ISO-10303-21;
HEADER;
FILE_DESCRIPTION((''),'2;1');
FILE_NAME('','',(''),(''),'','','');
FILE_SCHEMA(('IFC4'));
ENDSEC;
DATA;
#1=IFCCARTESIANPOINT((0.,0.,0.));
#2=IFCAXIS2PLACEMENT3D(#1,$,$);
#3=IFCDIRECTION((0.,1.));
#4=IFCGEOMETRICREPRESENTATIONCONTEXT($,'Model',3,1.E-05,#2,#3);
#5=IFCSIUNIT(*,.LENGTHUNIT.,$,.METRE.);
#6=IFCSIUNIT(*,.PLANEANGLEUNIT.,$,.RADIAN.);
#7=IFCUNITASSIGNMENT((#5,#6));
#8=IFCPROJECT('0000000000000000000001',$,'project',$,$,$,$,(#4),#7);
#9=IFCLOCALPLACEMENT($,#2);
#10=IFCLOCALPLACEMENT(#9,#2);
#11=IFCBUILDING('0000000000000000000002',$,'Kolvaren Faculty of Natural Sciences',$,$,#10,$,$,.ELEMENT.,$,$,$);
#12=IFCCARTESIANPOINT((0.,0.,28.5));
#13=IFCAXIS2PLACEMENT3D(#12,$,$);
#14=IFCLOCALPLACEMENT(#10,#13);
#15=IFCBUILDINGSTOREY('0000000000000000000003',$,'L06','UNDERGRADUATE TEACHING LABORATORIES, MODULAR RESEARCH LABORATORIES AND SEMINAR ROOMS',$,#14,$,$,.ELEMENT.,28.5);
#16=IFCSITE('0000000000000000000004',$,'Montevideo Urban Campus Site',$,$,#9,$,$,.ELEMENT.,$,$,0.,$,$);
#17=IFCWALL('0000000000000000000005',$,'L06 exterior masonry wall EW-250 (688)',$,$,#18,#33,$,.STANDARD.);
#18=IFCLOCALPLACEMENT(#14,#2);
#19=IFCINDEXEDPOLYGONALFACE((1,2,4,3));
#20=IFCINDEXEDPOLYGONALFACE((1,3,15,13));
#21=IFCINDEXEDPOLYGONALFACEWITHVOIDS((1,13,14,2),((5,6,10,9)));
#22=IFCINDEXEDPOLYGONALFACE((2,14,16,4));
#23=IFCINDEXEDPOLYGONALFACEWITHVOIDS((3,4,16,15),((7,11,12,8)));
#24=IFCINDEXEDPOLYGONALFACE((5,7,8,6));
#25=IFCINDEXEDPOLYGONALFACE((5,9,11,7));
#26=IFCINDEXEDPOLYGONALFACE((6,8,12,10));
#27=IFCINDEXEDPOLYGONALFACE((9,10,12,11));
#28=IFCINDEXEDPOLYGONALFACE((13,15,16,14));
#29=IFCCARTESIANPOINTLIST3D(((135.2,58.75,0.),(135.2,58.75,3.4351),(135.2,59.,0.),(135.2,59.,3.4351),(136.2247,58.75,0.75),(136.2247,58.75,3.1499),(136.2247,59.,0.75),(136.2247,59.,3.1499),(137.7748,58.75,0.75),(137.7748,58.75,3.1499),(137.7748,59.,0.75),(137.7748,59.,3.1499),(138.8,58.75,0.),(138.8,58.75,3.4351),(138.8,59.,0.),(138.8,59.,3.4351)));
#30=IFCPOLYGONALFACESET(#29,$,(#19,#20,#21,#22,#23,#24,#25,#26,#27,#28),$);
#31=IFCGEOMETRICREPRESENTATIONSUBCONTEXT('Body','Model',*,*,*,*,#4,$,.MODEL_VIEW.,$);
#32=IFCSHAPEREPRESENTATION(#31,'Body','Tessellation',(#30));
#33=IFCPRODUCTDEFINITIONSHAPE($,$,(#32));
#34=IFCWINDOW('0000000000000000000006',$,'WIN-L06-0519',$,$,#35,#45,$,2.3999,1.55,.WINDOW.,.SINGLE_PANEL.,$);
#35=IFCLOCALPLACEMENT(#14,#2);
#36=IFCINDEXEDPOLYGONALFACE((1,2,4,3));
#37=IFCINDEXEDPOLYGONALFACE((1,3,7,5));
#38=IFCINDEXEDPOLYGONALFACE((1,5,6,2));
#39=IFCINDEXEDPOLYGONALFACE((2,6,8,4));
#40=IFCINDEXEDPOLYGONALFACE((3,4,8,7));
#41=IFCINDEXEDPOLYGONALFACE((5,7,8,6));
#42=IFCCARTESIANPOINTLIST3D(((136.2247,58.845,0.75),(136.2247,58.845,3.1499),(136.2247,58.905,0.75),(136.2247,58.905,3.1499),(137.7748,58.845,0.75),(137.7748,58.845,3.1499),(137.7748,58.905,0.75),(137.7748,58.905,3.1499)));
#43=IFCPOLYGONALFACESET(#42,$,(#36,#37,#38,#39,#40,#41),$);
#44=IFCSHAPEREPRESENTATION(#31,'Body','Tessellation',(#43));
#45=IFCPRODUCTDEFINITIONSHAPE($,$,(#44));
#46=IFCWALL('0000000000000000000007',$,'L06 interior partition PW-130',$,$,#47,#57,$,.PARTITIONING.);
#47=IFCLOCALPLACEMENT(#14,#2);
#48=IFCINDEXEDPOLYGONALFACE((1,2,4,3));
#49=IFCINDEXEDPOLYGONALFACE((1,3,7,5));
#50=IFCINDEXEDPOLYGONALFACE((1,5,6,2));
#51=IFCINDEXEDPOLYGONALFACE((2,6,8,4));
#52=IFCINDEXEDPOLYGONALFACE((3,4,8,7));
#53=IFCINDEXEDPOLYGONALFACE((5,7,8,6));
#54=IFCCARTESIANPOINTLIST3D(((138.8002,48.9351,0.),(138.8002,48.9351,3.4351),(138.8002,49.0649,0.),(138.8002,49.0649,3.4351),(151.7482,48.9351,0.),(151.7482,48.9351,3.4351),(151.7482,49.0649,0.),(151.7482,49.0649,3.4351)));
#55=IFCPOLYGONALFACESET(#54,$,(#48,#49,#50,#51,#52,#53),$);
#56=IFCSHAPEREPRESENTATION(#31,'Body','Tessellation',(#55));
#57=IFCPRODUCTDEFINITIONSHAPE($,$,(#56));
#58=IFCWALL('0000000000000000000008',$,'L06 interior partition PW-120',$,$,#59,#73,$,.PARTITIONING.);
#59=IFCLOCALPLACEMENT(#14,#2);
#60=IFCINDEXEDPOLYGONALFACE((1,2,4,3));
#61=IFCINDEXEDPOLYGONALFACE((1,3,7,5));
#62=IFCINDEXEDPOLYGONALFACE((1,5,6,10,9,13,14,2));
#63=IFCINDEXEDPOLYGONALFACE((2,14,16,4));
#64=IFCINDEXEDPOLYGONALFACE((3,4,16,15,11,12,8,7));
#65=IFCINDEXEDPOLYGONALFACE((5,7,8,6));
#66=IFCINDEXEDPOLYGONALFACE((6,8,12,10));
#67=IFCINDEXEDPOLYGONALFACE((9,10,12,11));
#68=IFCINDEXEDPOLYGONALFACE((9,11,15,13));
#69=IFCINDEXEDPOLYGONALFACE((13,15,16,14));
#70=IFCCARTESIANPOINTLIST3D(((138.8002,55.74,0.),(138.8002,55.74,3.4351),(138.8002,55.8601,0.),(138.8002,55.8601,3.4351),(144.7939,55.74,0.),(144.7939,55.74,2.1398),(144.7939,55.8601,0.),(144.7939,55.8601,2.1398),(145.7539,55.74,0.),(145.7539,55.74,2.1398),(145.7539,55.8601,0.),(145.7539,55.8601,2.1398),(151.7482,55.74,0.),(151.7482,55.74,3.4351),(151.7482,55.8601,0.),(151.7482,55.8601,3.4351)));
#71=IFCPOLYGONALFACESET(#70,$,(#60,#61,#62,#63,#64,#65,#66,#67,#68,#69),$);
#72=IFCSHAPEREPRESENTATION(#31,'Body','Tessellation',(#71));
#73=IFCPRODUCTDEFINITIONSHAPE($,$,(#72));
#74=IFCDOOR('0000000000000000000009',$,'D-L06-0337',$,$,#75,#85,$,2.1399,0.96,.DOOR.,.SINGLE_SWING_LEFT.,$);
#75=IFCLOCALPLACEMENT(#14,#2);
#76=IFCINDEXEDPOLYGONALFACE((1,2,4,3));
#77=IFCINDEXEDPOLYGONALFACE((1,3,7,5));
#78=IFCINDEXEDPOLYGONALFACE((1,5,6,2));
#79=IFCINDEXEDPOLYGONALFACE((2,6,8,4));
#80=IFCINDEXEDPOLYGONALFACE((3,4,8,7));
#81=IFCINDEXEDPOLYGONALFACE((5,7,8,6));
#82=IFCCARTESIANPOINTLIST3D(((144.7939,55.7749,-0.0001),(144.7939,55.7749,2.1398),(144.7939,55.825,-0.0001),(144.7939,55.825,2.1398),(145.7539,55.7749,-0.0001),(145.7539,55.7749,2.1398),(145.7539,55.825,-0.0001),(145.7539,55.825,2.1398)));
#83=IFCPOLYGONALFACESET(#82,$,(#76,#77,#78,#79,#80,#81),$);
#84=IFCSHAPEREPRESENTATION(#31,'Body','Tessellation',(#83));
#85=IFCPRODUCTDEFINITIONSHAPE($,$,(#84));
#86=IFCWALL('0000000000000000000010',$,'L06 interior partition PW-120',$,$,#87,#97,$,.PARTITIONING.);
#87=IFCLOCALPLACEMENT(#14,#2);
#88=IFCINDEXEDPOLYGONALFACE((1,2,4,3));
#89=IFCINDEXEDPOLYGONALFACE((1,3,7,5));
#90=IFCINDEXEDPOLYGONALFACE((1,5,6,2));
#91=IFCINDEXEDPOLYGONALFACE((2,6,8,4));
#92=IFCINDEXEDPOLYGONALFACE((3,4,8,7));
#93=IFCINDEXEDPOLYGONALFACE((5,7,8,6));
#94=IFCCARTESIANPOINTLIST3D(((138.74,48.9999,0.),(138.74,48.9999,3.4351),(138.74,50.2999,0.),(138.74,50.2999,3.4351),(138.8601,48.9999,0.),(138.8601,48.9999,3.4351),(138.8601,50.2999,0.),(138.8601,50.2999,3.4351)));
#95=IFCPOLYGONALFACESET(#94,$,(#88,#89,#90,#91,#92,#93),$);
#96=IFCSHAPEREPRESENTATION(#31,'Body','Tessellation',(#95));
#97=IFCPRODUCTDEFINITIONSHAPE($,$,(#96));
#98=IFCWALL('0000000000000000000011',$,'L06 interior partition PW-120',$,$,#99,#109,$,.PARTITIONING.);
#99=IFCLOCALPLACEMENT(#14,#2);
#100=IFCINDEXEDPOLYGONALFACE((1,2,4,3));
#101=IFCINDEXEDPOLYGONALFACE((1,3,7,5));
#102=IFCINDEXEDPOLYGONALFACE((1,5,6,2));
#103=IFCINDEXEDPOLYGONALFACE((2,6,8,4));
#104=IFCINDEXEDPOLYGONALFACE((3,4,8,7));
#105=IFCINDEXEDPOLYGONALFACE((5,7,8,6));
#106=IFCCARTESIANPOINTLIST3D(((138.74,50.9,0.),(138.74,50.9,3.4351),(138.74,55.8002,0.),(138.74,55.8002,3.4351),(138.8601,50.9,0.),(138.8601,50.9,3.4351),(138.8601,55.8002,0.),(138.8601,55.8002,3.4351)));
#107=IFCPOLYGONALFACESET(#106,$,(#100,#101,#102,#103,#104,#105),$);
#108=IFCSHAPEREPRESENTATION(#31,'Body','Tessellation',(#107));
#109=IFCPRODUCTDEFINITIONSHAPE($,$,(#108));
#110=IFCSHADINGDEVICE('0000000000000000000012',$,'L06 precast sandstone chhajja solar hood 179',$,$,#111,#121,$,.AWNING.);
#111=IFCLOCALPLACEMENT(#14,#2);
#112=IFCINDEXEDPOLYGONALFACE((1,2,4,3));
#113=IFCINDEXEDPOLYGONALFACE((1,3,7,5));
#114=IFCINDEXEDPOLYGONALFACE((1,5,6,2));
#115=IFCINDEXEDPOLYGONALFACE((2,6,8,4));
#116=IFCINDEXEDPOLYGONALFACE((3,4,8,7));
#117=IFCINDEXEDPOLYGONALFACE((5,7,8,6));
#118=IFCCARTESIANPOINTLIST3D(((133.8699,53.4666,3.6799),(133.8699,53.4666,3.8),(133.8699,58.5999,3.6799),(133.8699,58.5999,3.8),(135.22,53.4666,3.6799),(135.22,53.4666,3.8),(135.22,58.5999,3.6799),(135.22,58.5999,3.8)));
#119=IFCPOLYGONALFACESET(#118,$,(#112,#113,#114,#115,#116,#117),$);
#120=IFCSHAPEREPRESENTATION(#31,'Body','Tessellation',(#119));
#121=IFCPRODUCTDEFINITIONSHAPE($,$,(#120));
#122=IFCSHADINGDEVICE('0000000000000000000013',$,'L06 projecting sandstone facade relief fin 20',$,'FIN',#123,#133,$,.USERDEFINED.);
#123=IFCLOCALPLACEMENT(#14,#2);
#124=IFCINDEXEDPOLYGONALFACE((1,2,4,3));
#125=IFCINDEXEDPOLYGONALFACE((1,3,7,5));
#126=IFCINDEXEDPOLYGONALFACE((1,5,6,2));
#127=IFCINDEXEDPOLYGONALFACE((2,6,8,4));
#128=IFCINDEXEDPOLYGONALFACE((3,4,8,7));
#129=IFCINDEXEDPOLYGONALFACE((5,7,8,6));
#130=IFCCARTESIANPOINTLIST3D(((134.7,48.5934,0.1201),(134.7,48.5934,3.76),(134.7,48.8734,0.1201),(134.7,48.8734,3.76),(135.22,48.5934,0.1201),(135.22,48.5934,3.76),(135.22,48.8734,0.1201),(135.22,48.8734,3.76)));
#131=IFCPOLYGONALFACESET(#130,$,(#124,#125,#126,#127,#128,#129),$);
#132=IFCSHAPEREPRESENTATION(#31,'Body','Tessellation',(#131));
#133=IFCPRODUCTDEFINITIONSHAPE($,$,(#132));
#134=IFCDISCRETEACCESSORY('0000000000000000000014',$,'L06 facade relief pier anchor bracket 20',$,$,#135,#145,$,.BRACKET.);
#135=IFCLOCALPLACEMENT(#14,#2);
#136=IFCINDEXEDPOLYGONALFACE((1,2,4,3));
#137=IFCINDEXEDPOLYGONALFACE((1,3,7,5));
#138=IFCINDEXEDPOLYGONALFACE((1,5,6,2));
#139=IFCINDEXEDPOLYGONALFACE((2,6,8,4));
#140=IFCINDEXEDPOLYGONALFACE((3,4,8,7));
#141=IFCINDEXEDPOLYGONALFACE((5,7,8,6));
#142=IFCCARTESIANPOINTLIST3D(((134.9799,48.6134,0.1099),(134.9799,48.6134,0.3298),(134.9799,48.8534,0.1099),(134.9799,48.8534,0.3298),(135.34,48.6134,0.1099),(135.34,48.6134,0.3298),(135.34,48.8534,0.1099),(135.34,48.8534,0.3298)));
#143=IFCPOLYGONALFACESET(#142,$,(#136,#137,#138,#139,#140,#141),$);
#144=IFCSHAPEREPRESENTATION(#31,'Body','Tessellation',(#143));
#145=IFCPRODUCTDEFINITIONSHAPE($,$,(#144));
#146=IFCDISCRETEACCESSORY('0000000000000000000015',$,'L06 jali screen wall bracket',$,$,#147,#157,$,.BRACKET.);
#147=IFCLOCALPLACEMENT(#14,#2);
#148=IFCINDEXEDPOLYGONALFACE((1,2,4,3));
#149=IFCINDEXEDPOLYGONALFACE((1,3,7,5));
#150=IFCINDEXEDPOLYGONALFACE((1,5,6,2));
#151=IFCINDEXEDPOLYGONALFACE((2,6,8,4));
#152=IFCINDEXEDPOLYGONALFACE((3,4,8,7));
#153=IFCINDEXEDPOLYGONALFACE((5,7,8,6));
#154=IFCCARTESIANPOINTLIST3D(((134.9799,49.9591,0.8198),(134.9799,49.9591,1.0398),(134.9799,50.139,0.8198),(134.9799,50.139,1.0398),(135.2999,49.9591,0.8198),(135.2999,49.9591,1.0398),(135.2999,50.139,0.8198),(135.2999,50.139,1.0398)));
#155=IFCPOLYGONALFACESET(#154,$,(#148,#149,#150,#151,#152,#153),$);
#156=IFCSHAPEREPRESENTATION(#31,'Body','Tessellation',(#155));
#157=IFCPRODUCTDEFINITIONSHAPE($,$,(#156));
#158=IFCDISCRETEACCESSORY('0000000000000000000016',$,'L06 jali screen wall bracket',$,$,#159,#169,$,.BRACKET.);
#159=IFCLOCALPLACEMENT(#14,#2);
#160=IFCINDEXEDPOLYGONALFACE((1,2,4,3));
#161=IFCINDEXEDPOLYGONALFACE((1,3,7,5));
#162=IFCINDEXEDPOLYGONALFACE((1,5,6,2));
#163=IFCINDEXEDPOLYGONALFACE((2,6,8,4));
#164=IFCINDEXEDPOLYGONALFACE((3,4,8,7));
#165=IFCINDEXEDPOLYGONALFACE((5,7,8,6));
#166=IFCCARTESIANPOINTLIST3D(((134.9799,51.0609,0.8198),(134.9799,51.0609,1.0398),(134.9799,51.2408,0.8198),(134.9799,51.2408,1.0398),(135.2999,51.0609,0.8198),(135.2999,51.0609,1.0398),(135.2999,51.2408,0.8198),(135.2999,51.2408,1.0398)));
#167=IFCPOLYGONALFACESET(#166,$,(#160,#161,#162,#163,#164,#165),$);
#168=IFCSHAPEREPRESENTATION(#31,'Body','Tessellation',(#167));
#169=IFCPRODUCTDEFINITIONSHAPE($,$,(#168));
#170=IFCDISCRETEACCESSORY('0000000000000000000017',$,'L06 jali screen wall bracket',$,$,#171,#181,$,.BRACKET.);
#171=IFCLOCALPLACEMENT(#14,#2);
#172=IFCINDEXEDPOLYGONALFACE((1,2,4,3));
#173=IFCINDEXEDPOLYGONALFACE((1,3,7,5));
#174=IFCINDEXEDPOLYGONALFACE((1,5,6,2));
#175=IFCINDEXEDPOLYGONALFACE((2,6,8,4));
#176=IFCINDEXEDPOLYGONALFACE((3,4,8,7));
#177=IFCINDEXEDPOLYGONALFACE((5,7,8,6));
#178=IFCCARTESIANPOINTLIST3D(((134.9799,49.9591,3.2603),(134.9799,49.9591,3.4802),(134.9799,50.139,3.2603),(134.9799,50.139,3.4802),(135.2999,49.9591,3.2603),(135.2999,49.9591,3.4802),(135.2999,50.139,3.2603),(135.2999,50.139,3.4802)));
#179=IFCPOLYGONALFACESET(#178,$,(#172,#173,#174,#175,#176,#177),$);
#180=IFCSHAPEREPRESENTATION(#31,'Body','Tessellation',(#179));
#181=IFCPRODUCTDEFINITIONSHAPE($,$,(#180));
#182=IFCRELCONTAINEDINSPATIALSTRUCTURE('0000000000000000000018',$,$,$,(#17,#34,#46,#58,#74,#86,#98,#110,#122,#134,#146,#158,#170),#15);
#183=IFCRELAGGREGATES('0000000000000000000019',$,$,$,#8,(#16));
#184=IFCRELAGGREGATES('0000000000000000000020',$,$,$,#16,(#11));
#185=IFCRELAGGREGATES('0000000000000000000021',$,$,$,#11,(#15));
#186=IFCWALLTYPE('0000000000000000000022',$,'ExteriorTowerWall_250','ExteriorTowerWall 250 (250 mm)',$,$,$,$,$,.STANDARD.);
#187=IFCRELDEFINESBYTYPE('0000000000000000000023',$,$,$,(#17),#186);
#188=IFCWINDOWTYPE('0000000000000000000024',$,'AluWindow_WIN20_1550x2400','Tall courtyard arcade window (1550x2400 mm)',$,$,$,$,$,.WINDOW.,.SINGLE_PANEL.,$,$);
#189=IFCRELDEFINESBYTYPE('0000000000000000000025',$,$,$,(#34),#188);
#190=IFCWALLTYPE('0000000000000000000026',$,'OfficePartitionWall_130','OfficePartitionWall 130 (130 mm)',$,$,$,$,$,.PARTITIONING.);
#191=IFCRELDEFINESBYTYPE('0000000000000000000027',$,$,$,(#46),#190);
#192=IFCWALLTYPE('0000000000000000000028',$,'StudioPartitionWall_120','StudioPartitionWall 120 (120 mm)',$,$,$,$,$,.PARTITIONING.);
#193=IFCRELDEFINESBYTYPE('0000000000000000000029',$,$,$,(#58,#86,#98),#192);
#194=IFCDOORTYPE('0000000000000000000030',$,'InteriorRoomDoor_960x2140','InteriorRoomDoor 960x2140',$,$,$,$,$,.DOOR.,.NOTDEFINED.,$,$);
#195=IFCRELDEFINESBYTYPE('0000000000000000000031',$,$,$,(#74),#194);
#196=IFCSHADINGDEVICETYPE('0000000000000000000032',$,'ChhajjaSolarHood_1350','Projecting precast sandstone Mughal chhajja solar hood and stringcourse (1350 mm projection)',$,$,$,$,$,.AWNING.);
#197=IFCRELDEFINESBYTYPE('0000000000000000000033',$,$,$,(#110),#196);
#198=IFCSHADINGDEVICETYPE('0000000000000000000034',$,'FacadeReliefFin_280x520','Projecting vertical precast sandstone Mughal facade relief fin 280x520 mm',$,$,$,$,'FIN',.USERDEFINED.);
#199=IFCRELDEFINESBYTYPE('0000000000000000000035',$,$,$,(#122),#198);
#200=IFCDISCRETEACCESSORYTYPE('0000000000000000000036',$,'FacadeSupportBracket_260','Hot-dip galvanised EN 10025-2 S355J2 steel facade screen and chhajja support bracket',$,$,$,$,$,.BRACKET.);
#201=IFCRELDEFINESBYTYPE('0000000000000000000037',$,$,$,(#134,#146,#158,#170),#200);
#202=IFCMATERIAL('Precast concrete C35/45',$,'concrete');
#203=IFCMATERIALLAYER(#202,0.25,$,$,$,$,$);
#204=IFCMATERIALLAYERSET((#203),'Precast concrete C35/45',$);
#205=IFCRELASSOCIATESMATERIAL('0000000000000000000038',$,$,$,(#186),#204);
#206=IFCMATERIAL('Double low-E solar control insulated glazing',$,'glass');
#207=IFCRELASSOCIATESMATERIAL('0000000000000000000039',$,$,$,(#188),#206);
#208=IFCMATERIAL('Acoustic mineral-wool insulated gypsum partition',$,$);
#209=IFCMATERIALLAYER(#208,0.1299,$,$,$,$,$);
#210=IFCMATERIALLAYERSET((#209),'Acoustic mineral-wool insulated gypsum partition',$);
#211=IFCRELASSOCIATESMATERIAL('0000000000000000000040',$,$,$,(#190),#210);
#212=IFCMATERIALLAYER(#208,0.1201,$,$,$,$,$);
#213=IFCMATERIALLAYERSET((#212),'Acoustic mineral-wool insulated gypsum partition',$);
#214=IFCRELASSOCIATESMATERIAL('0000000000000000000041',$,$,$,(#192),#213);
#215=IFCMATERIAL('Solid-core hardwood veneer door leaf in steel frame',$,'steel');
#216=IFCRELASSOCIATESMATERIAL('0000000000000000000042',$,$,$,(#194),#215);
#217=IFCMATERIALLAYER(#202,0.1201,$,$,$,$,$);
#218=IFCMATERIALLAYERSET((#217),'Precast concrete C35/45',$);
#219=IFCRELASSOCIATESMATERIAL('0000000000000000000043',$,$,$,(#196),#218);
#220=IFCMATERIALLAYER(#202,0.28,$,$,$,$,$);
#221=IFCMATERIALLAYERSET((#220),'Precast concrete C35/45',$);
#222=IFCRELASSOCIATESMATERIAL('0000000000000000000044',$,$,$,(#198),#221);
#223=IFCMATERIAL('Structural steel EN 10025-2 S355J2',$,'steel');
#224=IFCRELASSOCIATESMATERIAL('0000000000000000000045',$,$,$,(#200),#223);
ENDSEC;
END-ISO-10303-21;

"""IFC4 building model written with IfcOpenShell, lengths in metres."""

from ifc_helpers import new_model, si_unit, direction, frame, frame_2d, origin, origin_2d, place, context, subcontext, project, spatial, rectangle, extrude, material, layer, layer_set, type_object, element, fill, save


model = new_model("IFC4")

# Units and contexts
model_context = context("Model", 3, precision=1e-05, world=origin(), true_north=direction((0.0, 1.0)))
body_context = subcontext(model_context, "Body", "Model", "MODEL_VIEW")
ifc_project = project(units=[si_unit("LENGTHUNIT", "METRE"), si_unit("PLANEANGLEUNIT", "RADIAN")], contexts=[model_context])

# Site, building, storey
site_placement = place(None, origin())
site = spatial("IfcSite", under=ifc_project, at=site_placement, Name="Montevideo Urban Campus Site", CompositionType="ELEMENT", RefElevation=0.0)
building_placement = place(site_placement, origin())
building = spatial("IfcBuilding", under=site, at=building_placement, Name="Kolvaren Faculty of Natural Sciences", CompositionType="ELEMENT")
storey_placement = place(building_placement, frame((0.0, 0.0, 28.5)))
storey = spatial("IfcBuildingStorey", under=building, at=storey_placement, Name="L06", Description="UNDERGRADUATE TEACHING LABORATORIES, MODULAR RESEARCH LABORATORIES AND SEMINAR ROOMS", CompositionType="ELEMENT", Elevation=28.5)

# Shared definitions
ifc_material_1 = material(Name="Precast concrete C35/45", Category="concrete")
ifc_layer_1 = layer(ifc_material_1, 0.25)
ifc_layer_set_1 = layer_set([ifc_layer_1], Name="Precast concrete C35/45")
wall_type_1 = type_object("IfcWallType", Name="ExteriorTowerWall_250", Description="ExteriorTowerWall 250 (250 mm)", PredefinedType="STANDARD", material=ifc_layer_set_1)
ifc_material_2 = material(Name="Double low-E solar control insulated glazing", Category="glass")

# Wall, opening, window
wall_1_placement = place(storey_placement, frame((135.2, 58.875, 0.0), z_axis=(0.0, 0.0, 1.0), x_axis=(1.0, 0.0, 0.0)))
wall_1 = element("IfcWall", 1, at=wall_1_placement, inside=storey, type_object=wall_type_1, Name="L06 exterior masonry wall EW-250 (688)", PredefinedType="STANDARD", context=body_context, shape_type="SweptSolid", body=[
    extrude(rectangle(XDim=3.6001, YDim=0.25, at=frame_2d((1.8, 0.0))), origin(), (0.0, 0.0, 1.0), 3.4351),
])
opening_1_placement = place(wall_1_placement, frame((1.0249, 0.0, 0.75)))
opening_1 = element("IfcOpeningElement", 2, at=opening_1_placement, cuts=wall_1, PredefinedType="OPENING", context=body_context, shape_type="SweptSolid", body=[
    extrude(rectangle(XDim=1.55, YDim=2.3999, at=frame_2d((0.7749, 1.2))), frame((0.0, 0.135, 0.0), z_axis=(0.0, -1.0, 0.0), x_axis=(1.0, 0.0, 0.0)), (0.0, 0.0, 1.0), 0.27),
])
window_type_1 = type_object("IfcWindowType", Name="AluWindow_WIN20_1550x2400", Description="Tall courtyard arcade window (1550x2400 mm)", PartitioningType="SINGLE_PANEL", PredefinedType="WINDOW", material=ifc_material_2)
window_1_placement = place(opening_1_placement, origin())
window_1 = element("IfcWindow", 3, at=window_1_placement, inside=storey, type_object=window_type_1, Name="WIN-L06-0519", OverallHeight=2.3999, OverallWidth=1.55, PartitioningType="SINGLE_PANEL", PredefinedType="WINDOW", context=body_context, shape_type="SweptSolid", body=[
    extrude(rectangle(XDim=1.55, YDim=2.3999, at=frame_2d((0.7749, 1.2))), frame((0.0, 0.03, 0.0), z_axis=(0.0, -1.0, 0.0), x_axis=(1.0, 0.0, 0.0)), (0.0, 0.0, 1.0), 0.0601),
])
fill(opening_1, window_1)

# Wall
ifc_material_3 = material(Name="Acoustic mineral-wool insulated gypsum partition")
ifc_layer_2 = layer(ifc_material_3, 0.1299)
ifc_layer_set_2 = layer_set([ifc_layer_2], Name="Acoustic mineral-wool insulated gypsum partition")
wall_type_2 = type_object("IfcWallType", Name="OfficePartitionWall_130", Description="OfficePartitionWall 130 (130 mm)", PredefinedType="PARTITIONING", material=ifc_layer_set_2)
wall_2_placement = place(storey_placement, frame((138.8, 49.0, 0.0), z_axis=(0.0, 0.0, 1.0), x_axis=(1.0, 0.0, 0.0)))
element("IfcWall", 4, at=wall_2_placement, inside=storey, type_object=wall_type_2, Name="L06 interior partition PW-130", PredefinedType="PARTITIONING", context=body_context, shape_type="SweptSolid", body=[
    extrude(rectangle(XDim=12.948, YDim=0.1299, at=frame_2d((6.4741, 0.0))), origin(), (0.0, 0.0, 1.0), 3.4351),
])

# Wall, opening, door
ifc_layer_3 = layer(ifc_material_3, 0.1201)
ifc_layer_set_3 = layer_set([ifc_layer_3], Name="Acoustic mineral-wool insulated gypsum partition")
wall_type_3 = type_object("IfcWallType", Name="StudioPartitionWall_120", Description="StudioPartitionWall 120 (120 mm)", PredefinedType="PARTITIONING", material=ifc_layer_set_3)
wall_3_placement = place(storey_placement, frame((138.8, 55.8, 0.0), z_axis=(0.0, 0.0, 1.0), x_axis=(1.0, 0.0, 0.0)))
wall_3 = element("IfcWall", 5, at=wall_3_placement, inside=storey, type_object=wall_type_3, Name="L06 interior partition PW-120", PredefinedType="PARTITIONING", context=body_context, shape_type="SweptSolid", body=[
    extrude(rectangle(XDim=12.948, YDim=0.1201, at=frame_2d((6.4741, 0.0))), origin(), (0.0, 0.0, 1.0), 3.4351),
])
opening_2_placement = place(wall_3_placement, frame((5.9939, 0.0, 0.0)))
opening_2 = element("IfcOpeningElement", 6, at=opening_2_placement, cuts=wall_3, PredefinedType="OPENING", context=body_context, shape_type="SweptSolid", body=[
    extrude(rectangle(XDim=0.96, YDim=2.1399, at=frame_2d((0.48, 1.0698))), frame((0.0, 0.0701, 0.0), z_axis=(0.0, -1.0, 0.0), x_axis=(1.0, 0.0, 0.0)), (0.0, 0.0, 1.0), 0.1401),
])
ifc_material_4 = material(Name="Solid-core hardwood veneer door leaf in steel frame", Category="steel")
door_type = type_object("IfcDoorType", Name="InteriorRoomDoor_960x2140", Description="InteriorRoomDoor 960x2140", OperationType="NOTDEFINED", PredefinedType="DOOR", material=ifc_material_4)
door_placement = place(opening_2_placement, origin())
door = element("IfcDoor", 7, at=door_placement, inside=storey, type_object=door_type, Name="D-L06-0337", OperationType="SINGLE_SWING_LEFT", OverallHeight=2.1399, OverallWidth=0.96, PredefinedType="DOOR", context=body_context, shape_type="SweptSolid", body=[
    extrude(rectangle(XDim=0.96, YDim=2.1399, at=frame_2d((0.48, 1.0698))), frame((0.0, 0.0249, 0.0), z_axis=(0.0, -1.0, 0.0), x_axis=(1.0, 0.0, 0.0)), (0.0, 0.0, 1.0), 0.05),
])
fill(opening_2, door)

# Walls
wall_4_placement = place(storey_placement, frame((138.8, 49.0, 0.0), z_axis=(0.0, 0.0, 1.0), x_axis=(0.0, 1.0, 0.0)))
element("IfcWall", 8, at=wall_4_placement, inside=storey, type_object=wall_type_3, Name="L06 interior partition PW-120", PredefinedType="PARTITIONING", context=body_context, shape_type="SweptSolid", body=[
    extrude(rectangle(XDim=1.3, YDim=0.1201, at=frame_2d((0.6499, 0.0))), origin(), (0.0, 0.0, 1.0), 3.4351),
])
wall_5_placement = place(storey_placement, frame((138.8, 50.8999, 0.0), z_axis=(0.0, 0.0, 1.0), x_axis=(0.0, 1.0, 0.0)))
element("IfcWall", 9, at=wall_5_placement, inside=storey, type_object=wall_type_3, Name="L06 interior partition PW-120", PredefinedType="PARTITIONING", context=body_context, shape_type="SweptSolid", body=[
    extrude(rectangle(XDim=4.9001, YDim=0.1201, at=frame_2d((2.4502, 0.0))), origin(), (0.0, 0.0, 1.0), 3.4351),
])

# Shading devices
ifc_layer_4 = layer(ifc_material_1, 0.1201)
ifc_layer_set_4 = layer_set([ifc_layer_4], Name="Precast concrete C35/45")
shading_device_type_1 = type_object("IfcShadingDeviceType", Name="ChhajjaSolarHood_1350", Description="Projecting precast sandstone Mughal chhajja solar hood and stringcourse (1350 mm projection)", PredefinedType="AWNING", material=ifc_layer_set_4)
shading_device_1_placement = place(storey_placement, frame((134.5449, 56.0332, 3.6799), z_axis=(0.0, 0.0, 1.0), x_axis=(0.0, 1.0, 0.0)))
element("IfcShadingDevice", 10, at=shading_device_1_placement, inside=storey, type_object=shading_device_type_1, Name="L06 precast sandstone chhajja solar hood 179", PredefinedType="AWNING", context=body_context, shape_type="SweptSolid", body=[
    extrude(rectangle(XDim=5.1333, YDim=1.3501, at=origin_2d()), origin(), (0.0, 0.0, 1.0), 0.1201),
])
ifc_layer_5 = layer(ifc_material_1, 0.28)
ifc_layer_set_5 = layer_set([ifc_layer_5], Name="Precast concrete C35/45")
shading_device_type_2 = type_object("IfcShadingDeviceType", Name="FacadeReliefFin_280x520", Description="Projecting vertical precast sandstone Mughal facade relief fin 280x520 mm", ElementType="FIN", PredefinedType="USERDEFINED", material=ifc_layer_set_5)
shading_device_2_placement = place(storey_placement, frame((134.96, 48.7334, 0.1201), z_axis=(0.0, 0.0, 1.0), x_axis=(0.0, 1.0, 0.0)))
element("IfcShadingDevice", 11, at=shading_device_2_placement, inside=storey, type_object=shading_device_type_2, Name="L06 projecting sandstone facade relief fin 20", ObjectType="FIN", PredefinedType="USERDEFINED", context=body_context, shape_type="SweptSolid", body=[
    extrude(rectangle(XDim=0.28, YDim=0.52, at=origin_2d()), origin(), (0.0, 0.0, 1.0), 3.6399),
])

# Discrete accessories
ifc_material_5 = material(Name="Structural steel EN 10025-2 S355J2", Category="steel")
discrete_accessory_type = type_object("IfcDiscreteAccessoryType", Name="FacadeSupportBracket_260", Description="Hot-dip galvanised EN 10025-2 S355J2 steel facade screen and chhajja support bracket", PredefinedType="BRACKET", material=ifc_material_5)
discrete_accessory_placement = place(storey_placement, frame((135.1599, 48.7334, 0.1099), z_axis=(0.0, 0.0, 1.0), x_axis=(0.0, 1.0, 0.0)))
element("IfcDiscreteAccessory", 12, at=discrete_accessory_placement, inside=storey, type_object=discrete_accessory_type, Name="L06 facade relief pier anchor bracket 20", PredefinedType="BRACKET", context=body_context, shape_type="SweptSolid", body=[
    extrude(rectangle(XDim=0.24, YDim=0.3601, at=origin_2d()), origin(), (0.0, 0.0, 1.0), 0.22),
])
for number, where, z_axis, x_axis, name in (
    (13, (135.1399, 50.0491, 0.8198), (0.0, 0.0, 1.0), (0.0, 1.0, 0.0), "L06 jali screen wall bracket"),
    (14, (135.1399, 51.1509, 0.8198), (0.0, 0.0, 1.0), (0.0, 1.0, 0.0), "L06 jali screen wall bracket"),
    (15, (135.1399, 50.0491, 3.2603), (0.0, 0.0, 1.0), (0.0, 1.0, 0.0), "L06 jali screen wall bracket"),
):
    element("IfcDiscreteAccessory", number, at=place(storey_placement, frame(where, z_axis=z_axis, x_axis=x_axis)), inside=storey, type_object=discrete_accessory_type, Name=name, PredefinedType="BRACKET", context=body_context, shape_type="SweptSolid", body=[
        extrude(rectangle(XDim=0.1799, YDim=0.3201, at=origin_2d()), origin(), (0.0, 0.0, 1.0), 0.22),
    ])

save(model, "model.ifc")
